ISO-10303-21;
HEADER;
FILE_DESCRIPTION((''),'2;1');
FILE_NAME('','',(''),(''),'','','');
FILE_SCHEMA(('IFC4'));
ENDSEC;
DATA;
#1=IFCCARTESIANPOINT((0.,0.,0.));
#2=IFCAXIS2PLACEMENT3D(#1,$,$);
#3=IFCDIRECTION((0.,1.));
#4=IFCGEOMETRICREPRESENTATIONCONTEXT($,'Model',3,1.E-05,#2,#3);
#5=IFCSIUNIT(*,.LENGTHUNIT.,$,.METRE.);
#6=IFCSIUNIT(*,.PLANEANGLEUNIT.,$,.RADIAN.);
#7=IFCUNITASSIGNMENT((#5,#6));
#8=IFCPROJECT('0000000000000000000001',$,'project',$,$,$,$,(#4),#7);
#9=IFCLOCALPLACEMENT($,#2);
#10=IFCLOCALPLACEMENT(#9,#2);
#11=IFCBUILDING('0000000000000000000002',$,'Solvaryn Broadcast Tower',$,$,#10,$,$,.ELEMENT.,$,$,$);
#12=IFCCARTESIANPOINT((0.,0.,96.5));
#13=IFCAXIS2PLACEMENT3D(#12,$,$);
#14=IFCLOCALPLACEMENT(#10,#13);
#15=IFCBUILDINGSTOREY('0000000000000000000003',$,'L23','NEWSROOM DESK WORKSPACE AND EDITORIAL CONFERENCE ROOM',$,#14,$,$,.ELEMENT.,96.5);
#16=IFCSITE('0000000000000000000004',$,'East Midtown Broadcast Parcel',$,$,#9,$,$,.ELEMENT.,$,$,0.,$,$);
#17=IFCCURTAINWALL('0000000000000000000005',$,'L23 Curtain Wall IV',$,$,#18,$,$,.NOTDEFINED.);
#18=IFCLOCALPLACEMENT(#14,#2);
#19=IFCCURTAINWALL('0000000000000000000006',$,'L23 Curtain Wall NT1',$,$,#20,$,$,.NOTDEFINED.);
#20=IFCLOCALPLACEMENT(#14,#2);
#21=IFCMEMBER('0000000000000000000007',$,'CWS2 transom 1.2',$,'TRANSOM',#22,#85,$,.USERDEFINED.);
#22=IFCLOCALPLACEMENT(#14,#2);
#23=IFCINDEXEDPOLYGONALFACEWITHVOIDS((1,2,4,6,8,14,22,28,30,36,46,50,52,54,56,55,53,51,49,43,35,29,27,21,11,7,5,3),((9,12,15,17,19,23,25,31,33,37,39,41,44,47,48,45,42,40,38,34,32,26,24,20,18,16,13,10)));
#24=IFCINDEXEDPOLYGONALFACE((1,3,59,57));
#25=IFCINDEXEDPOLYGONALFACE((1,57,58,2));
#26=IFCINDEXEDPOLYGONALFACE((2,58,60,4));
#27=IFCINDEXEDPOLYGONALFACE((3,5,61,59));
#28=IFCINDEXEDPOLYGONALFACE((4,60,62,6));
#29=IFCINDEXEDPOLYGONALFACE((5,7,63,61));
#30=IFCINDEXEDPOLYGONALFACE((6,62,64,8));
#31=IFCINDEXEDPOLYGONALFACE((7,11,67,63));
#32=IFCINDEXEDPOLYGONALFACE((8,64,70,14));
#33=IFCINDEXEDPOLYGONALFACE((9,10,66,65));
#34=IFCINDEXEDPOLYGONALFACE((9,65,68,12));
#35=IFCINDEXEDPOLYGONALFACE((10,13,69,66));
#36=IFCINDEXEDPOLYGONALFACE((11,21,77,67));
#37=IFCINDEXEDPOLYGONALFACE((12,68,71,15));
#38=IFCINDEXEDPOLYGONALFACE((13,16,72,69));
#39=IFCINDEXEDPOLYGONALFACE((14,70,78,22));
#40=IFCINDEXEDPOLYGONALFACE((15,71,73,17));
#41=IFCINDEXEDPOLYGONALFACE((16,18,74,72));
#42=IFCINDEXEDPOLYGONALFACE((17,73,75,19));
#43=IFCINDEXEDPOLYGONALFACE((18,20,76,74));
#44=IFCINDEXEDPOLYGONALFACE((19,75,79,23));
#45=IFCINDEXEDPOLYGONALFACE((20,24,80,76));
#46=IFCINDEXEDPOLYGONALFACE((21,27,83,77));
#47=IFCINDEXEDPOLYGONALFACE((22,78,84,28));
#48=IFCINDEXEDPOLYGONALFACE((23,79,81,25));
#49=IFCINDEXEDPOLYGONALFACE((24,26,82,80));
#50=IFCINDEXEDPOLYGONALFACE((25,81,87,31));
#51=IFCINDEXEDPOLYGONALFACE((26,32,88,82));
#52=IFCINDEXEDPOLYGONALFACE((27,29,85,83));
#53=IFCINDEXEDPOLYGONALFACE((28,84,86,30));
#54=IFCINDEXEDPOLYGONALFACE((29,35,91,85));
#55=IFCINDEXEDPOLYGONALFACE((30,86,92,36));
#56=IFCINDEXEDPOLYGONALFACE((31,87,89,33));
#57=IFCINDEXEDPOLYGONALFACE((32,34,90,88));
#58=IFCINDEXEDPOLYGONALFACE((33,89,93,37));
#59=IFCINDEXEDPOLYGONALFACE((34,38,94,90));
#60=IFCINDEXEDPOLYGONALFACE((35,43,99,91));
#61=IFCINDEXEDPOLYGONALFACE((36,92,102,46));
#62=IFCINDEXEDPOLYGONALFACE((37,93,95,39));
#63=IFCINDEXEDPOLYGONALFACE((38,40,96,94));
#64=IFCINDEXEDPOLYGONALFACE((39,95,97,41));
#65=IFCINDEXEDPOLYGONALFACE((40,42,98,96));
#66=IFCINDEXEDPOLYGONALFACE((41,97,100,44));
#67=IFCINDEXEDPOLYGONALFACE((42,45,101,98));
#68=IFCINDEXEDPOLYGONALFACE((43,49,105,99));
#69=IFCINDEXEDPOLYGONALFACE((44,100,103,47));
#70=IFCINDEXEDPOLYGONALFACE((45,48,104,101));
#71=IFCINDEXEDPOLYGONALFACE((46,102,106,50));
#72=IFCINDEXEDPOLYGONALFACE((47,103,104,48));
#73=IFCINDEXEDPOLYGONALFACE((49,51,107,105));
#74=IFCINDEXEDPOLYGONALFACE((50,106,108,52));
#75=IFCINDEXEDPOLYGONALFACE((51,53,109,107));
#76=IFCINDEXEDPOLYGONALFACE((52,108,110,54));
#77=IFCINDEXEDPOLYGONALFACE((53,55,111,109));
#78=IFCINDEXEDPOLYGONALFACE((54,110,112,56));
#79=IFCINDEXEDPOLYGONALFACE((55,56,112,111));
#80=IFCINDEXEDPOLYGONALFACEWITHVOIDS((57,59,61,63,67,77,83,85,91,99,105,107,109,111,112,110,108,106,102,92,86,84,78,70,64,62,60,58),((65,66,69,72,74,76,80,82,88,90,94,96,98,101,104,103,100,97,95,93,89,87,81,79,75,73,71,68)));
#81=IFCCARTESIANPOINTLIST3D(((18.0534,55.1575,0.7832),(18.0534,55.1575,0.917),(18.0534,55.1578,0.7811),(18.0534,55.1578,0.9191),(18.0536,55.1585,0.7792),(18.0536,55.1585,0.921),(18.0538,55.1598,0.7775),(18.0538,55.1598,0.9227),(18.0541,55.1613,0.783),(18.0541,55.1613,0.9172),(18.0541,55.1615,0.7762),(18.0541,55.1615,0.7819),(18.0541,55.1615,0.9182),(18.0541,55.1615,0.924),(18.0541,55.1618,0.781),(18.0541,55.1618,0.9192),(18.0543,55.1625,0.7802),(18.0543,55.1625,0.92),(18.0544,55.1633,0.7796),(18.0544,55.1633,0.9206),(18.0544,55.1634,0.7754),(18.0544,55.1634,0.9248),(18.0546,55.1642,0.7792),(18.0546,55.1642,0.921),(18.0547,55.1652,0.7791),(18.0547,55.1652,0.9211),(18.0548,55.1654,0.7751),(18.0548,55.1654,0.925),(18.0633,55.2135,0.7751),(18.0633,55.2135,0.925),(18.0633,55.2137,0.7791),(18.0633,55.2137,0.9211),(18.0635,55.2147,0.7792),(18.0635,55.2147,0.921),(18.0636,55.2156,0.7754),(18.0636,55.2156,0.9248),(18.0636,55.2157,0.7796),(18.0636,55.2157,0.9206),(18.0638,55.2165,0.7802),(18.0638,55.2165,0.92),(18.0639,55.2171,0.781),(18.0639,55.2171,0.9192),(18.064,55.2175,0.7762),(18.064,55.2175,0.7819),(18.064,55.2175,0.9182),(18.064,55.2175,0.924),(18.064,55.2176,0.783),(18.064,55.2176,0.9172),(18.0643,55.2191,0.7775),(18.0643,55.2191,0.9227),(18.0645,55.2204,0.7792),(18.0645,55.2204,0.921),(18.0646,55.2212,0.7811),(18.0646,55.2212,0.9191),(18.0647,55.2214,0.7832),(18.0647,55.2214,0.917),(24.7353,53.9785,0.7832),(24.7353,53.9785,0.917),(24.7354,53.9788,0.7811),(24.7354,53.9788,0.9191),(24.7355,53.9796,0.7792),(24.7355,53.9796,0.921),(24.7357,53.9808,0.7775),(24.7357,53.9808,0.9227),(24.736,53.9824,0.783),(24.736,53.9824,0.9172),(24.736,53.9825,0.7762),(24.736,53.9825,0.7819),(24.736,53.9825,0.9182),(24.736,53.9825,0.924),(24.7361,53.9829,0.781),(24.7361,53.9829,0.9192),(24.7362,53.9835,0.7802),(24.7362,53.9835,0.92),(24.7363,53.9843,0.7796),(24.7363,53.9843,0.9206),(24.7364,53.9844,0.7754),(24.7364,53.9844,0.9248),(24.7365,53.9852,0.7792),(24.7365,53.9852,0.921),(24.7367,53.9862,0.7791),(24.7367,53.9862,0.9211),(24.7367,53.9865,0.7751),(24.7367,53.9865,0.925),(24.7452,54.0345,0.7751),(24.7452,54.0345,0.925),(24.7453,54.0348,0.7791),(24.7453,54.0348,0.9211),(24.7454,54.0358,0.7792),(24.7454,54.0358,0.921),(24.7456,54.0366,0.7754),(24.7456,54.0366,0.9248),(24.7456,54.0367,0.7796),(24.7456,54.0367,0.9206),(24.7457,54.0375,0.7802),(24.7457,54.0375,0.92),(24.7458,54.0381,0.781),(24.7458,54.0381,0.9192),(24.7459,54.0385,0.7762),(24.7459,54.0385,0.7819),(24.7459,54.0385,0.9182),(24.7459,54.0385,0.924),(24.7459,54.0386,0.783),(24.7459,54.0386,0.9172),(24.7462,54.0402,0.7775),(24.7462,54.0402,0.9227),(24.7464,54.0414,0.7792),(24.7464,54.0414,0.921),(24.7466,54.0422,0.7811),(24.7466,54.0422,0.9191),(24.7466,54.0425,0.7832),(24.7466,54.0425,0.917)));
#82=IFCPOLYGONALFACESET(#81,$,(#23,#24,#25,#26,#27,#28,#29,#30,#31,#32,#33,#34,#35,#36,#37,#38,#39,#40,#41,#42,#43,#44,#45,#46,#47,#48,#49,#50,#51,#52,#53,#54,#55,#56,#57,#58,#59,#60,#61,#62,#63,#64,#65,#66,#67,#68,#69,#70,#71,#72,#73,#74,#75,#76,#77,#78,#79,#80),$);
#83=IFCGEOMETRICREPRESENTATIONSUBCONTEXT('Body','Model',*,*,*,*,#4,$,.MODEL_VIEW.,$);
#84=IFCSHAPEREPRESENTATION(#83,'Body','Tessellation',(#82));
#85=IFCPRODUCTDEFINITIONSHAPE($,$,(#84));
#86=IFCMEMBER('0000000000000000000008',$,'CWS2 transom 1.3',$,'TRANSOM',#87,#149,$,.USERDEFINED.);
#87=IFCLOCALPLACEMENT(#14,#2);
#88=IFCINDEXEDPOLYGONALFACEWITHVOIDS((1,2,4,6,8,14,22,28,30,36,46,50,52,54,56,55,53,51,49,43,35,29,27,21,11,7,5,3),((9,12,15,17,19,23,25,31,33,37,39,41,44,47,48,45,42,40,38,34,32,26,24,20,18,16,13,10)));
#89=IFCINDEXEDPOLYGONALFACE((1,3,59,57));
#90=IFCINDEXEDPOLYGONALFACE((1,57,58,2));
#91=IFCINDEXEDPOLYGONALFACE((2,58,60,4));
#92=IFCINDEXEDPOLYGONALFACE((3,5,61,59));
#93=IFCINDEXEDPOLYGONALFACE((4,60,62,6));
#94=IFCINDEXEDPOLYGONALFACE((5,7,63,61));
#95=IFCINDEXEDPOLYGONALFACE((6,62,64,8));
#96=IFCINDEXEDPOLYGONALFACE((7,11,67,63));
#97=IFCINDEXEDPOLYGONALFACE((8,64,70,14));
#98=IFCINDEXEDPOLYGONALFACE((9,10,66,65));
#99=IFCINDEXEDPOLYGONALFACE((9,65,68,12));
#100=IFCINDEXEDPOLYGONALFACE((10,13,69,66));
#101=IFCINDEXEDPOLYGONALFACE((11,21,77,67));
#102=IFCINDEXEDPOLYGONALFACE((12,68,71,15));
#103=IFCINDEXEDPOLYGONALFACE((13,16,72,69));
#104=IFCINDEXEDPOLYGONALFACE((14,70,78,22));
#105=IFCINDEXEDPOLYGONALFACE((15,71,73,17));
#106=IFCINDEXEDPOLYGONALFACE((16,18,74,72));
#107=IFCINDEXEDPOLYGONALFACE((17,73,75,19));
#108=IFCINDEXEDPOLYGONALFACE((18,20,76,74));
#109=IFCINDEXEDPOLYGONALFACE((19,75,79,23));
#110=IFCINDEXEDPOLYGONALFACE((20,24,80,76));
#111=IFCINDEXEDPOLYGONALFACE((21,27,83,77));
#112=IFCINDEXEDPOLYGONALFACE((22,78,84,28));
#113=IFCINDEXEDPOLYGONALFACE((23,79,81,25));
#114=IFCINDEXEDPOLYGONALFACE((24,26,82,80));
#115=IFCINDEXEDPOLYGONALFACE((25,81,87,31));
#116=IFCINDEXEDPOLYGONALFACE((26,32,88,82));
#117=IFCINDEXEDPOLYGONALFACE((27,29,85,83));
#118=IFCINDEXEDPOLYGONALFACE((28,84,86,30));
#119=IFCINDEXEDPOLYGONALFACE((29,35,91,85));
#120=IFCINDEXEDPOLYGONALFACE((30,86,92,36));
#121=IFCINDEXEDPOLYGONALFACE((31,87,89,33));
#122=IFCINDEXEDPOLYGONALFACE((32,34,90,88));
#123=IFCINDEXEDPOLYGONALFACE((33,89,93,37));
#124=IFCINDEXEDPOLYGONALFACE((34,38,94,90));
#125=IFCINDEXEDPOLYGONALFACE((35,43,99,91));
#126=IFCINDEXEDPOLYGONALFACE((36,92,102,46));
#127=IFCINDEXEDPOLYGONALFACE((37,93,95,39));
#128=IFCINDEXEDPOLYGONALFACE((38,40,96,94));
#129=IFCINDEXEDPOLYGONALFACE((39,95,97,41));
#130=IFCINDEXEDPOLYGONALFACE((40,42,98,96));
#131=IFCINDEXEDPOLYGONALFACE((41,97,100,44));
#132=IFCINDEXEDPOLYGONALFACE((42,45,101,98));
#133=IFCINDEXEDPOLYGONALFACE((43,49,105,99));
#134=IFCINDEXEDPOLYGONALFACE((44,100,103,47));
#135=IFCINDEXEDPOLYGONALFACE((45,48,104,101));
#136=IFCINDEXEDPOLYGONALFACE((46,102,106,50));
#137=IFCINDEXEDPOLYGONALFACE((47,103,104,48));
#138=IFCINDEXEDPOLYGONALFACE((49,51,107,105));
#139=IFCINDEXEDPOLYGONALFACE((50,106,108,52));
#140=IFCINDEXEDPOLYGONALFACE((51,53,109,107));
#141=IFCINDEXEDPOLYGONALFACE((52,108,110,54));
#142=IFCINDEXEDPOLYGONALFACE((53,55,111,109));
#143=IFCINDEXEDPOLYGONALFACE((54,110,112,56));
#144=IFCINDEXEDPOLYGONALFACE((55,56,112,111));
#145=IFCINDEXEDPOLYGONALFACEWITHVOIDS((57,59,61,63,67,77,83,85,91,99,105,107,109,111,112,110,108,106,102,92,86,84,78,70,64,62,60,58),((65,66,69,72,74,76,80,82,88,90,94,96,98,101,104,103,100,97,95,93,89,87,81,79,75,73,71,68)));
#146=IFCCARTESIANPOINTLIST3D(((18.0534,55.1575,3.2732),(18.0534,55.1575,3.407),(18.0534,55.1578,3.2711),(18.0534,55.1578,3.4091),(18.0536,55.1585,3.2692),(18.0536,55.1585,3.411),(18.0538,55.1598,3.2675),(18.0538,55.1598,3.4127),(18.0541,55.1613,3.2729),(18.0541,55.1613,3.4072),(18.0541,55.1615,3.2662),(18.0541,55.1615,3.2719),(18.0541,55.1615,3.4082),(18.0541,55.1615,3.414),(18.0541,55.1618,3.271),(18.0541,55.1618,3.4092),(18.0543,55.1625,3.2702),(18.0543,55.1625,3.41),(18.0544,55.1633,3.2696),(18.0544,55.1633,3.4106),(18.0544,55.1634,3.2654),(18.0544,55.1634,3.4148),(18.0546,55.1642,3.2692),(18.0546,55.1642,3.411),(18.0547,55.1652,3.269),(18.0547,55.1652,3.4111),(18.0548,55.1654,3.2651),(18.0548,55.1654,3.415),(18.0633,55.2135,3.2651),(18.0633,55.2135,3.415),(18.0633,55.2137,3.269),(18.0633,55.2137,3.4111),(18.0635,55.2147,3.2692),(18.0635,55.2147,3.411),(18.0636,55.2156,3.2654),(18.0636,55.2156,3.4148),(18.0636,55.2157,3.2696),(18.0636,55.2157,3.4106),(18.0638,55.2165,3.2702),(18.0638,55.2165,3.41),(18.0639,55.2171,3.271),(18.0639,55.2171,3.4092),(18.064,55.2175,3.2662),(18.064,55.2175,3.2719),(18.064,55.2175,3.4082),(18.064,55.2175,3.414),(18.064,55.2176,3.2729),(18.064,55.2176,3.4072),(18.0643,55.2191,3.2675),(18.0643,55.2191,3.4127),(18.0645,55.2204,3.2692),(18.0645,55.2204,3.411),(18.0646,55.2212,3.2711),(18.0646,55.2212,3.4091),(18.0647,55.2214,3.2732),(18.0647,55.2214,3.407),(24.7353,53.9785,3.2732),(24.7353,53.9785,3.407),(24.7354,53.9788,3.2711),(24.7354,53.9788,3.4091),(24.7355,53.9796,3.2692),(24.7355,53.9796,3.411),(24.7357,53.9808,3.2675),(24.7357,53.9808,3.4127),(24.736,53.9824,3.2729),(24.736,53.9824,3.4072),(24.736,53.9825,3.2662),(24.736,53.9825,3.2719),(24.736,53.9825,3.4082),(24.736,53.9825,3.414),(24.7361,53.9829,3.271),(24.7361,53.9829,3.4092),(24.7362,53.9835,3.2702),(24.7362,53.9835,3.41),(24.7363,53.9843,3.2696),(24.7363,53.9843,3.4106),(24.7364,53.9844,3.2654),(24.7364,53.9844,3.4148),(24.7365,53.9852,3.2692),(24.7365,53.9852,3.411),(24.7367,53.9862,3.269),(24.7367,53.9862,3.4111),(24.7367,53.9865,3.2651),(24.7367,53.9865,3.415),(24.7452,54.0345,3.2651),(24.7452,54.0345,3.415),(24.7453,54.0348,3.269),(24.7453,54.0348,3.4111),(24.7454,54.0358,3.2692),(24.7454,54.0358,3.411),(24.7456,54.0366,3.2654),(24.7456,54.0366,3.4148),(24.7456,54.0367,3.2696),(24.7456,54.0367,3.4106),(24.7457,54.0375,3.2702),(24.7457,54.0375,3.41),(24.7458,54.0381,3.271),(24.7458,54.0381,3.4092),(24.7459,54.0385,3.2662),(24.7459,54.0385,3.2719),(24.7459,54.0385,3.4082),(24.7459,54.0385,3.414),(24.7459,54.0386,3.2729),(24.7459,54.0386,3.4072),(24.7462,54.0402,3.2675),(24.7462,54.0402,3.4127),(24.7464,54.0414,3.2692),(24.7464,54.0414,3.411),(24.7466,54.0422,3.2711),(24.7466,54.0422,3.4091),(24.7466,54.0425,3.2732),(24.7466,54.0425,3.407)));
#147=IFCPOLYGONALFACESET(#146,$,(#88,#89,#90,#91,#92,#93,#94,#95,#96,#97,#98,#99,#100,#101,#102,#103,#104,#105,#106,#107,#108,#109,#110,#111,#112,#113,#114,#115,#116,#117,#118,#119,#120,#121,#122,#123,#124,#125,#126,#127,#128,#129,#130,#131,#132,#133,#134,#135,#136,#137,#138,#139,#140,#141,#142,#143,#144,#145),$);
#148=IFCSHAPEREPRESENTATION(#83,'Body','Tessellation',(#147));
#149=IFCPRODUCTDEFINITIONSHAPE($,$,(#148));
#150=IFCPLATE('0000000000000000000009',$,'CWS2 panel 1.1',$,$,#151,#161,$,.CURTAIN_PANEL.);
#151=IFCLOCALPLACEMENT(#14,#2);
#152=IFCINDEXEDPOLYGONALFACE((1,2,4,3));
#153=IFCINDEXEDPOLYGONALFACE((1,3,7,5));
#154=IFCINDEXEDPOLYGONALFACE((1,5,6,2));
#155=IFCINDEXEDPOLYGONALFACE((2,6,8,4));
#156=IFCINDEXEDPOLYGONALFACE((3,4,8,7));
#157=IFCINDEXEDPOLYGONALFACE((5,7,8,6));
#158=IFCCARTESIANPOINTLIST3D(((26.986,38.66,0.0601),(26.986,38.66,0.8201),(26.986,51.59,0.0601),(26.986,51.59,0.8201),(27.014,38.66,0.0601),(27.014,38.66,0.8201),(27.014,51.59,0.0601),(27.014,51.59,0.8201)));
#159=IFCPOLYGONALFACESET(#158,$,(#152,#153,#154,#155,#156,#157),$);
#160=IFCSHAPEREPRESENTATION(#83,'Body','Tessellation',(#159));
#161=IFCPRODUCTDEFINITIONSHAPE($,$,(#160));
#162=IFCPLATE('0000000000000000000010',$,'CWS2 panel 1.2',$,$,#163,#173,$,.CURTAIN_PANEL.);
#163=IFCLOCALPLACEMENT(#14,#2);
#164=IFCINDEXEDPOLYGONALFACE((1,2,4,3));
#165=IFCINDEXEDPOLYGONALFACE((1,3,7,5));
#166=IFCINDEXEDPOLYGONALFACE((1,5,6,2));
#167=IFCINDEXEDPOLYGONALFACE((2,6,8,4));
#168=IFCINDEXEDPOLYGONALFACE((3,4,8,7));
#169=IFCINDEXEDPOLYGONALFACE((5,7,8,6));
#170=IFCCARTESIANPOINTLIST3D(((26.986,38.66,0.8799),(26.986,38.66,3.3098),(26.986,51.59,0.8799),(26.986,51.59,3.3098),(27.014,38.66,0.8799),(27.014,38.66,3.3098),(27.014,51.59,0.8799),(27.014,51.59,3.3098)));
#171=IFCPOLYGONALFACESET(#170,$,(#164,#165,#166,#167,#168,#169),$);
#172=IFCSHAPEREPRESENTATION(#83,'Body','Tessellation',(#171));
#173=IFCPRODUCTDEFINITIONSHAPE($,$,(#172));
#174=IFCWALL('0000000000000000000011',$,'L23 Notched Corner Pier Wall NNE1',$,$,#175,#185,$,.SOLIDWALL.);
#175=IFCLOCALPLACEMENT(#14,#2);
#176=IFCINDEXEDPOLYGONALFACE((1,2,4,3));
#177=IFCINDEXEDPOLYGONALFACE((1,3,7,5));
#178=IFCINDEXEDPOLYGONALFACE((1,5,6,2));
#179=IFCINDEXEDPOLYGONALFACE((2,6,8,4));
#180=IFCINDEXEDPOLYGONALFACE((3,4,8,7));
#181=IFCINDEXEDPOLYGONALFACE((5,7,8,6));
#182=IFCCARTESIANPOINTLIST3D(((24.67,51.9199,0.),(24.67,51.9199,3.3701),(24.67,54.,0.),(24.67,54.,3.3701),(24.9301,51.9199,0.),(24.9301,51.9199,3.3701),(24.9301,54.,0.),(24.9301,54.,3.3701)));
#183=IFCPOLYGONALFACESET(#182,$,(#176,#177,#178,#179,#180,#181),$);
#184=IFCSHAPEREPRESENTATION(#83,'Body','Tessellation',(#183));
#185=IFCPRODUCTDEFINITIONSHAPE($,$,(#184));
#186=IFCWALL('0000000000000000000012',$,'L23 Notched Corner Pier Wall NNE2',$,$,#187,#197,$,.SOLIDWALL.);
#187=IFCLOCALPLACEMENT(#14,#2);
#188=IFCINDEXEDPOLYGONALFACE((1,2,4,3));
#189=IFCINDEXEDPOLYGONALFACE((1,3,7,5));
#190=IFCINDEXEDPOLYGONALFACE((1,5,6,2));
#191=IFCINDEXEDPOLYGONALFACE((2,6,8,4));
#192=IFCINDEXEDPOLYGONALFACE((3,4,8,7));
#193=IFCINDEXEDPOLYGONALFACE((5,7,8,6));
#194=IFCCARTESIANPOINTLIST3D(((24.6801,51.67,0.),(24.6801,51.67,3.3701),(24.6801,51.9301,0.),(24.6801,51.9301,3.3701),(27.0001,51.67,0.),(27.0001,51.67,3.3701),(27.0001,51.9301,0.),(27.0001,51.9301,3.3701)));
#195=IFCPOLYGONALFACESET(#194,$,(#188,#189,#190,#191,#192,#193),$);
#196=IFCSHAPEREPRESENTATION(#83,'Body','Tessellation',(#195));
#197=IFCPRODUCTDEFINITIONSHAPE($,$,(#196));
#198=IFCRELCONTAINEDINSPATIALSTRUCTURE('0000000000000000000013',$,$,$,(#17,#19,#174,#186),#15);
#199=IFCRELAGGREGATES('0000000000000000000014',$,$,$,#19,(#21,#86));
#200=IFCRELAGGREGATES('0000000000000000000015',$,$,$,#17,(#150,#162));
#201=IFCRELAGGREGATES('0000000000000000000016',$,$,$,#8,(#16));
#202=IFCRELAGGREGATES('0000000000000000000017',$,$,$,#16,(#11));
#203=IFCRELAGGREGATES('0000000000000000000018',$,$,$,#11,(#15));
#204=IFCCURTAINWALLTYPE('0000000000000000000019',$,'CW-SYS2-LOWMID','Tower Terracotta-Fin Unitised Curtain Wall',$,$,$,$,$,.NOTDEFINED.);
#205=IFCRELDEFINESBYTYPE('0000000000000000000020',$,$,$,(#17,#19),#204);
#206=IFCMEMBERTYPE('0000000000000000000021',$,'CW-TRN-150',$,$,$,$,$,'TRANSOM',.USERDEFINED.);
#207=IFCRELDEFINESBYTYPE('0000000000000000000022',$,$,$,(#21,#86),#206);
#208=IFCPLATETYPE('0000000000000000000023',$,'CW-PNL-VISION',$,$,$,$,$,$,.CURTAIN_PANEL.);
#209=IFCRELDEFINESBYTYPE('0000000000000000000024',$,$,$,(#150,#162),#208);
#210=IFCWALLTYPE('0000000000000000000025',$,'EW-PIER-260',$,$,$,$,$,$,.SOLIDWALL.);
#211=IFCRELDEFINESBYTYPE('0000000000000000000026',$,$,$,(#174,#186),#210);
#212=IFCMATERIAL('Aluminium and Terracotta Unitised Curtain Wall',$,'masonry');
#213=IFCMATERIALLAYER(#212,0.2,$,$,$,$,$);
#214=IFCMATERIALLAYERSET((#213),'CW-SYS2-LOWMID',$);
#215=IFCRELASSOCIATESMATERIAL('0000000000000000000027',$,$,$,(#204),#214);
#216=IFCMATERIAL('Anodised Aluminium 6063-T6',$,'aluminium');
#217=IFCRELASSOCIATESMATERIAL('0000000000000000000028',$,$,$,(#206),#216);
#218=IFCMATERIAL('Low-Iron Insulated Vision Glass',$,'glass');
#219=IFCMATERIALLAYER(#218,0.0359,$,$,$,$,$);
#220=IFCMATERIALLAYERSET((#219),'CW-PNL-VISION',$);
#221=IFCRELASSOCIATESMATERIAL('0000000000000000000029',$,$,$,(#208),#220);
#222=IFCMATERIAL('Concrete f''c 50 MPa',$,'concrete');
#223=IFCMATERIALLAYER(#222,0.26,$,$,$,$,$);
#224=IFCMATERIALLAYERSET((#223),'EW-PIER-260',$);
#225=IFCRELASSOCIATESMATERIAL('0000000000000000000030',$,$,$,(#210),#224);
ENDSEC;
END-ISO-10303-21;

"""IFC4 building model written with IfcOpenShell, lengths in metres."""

from ifc_helpers import new_model, si_unit, direction, frame, frame_2d, origin, origin_2d, place, context, subcontext, project, spatial, rectangle, hollow_rectangle, extrude, material, layer, layer_set, material_profile, profile_set, type_object, element, aggregate, save


model = new_model("IFC4")

# Units and contexts
model_context = context("Model", 3, precision=1e-05, world=origin(), true_north=direction((0.0, 1.0)))
body_context = subcontext(model_context, "Body", "Model", "MODEL_VIEW")
ifc_project = project(units=[si_unit("LENGTHUNIT", "METRE"), si_unit("PLANEANGLEUNIT", "RADIAN")], contexts=[model_context])

# Site, building, storey
site_placement = place(None, origin())
site = spatial("IfcSite", under=ifc_project, at=site_placement, Name="East Midtown Broadcast Parcel", CompositionType="ELEMENT", RefElevation=0.0)
building_placement = place(site_placement, origin())
building = spatial("IfcBuilding", under=site, at=building_placement, Name="Solvaryn Broadcast Tower", CompositionType="ELEMENT")
storey_placement = place(building_placement, frame((0.0, 0.0, 96.5)))
storey = spatial("IfcBuildingStorey", under=building, at=storey_placement, Name="L23", Description="NEWSROOM DESK WORKSPACE AND EDITORIAL CONFERENCE ROOM", CompositionType="ELEMENT", Elevation=96.5)

# Curtain wall
ifc_material_1 = material(Name="Aluminium and Terracotta Unitised Curtain Wall", Category="masonry")
ifc_layer_1 = layer(ifc_material_1, 0.2)
ifc_layer_set_1 = layer_set([ifc_layer_1], Name="CW-SYS2-LOWMID")
curtain_wall_type = type_object("IfcCurtainWallType", Name="CW-SYS2-LOWMID", Description="Tower Terracotta-Fin Unitised Curtain Wall", PredefinedType="NOTDEFINED", material=ifc_layer_set_1)
curtain_wall_1_placement = place(storey_placement, origin())
curtain_wall_1 = element("IfcCurtainWall", 1, at=curtain_wall_1_placement, inside=storey, type_object=curtain_wall_type, Name="L23 Curtain Wall IV", PredefinedType="NOTDEFINED")

# Curtain wall
curtain_wall_2_placement = place(storey_placement, origin())
curtain_wall_2 = element("IfcCurtainWall", 2, at=curtain_wall_2_placement, inside=storey, type_object=curtain_wall_type, Name="L23 Curtain Wall NT1", PredefinedType="NOTDEFINED")

# Members
ifc_material_2 = material(Name="Anodised Aluminium 6063-T6", Category="aluminium")
ifc_material_profile_1 = material_profile(ifc_material_2, hollow_rectangle(XDim=0.0649, YDim=0.1499, WallThickness=0.0039, InnerFilletRadius=0.0039, OuterFilletRadius=0.0081, at=origin_2d()))
ifc_profile_set_1 = profile_set([ifc_material_profile_1], Name="Anodised Aluminium 6063-T6")
member_type_1 = type_object("IfcMemberType", Name="CW-TRN-150", ElementType="TRANSOM", PredefinedType="USERDEFINED", material=ifc_profile_set_1)
member_1_placement = place(storey_placement, frame((24.741, 54.0105, 0.8501), z_axis=(-0.984789, 0.173757, 0.0), x_axis=(-0.173757, -0.984789, 0.0)))
member_1 = element("IfcMember", 3, at=member_1_placement, type_object=member_type_1, Name="CWS2 transom 1.2", ObjectType="TRANSOM", PredefinedType="USERDEFINED", context=body_context, shape_type="SweptSolid", body=[
    extrude(hollow_rectangle(XDim=0.0649, YDim=0.1499, WallThickness=0.0039, InnerFilletRadius=0.0039, OuterFilletRadius=0.0081, at=origin_2d()), origin(), (0.0, 0.0, 1.0), 6.7852),
])
member_2_placement = place(storey_placement, frame((24.741, 54.0105, 3.3401), z_axis=(-0.984789, 0.173757, 0.0), x_axis=(-0.173757, -0.984789, 0.0)))
member_2 = element("IfcMember", 4, at=member_2_placement, type_object=member_type_1, Name="CWS2 transom 1.3", ObjectType="TRANSOM", PredefinedType="USERDEFINED", context=body_context, shape_type="SweptSolid", body=[
    extrude(hollow_rectangle(XDim=0.0649, YDim=0.1499, WallThickness=0.0039, InnerFilletRadius=0.0039, OuterFilletRadius=0.0081, at=origin_2d()), origin(), (0.0, 0.0, 1.0), 6.7852),
])
aggregate(curtain_wall_2, [member_1, member_2])

# Plates
ifc_material_3 = material(Name="Low-Iron Insulated Vision Glass", Category="glass")
ifc_layer_2 = layer(ifc_material_3, 0.0359)
ifc_layer_set_2 = layer_set([ifc_layer_2], Name="CW-PNL-VISION")
plate_type = type_object("IfcPlateType", Name="CW-PNL-VISION", PredefinedType="CURTAIN_PANEL", material=ifc_layer_set_2)
plate_1_placement = place(storey_placement, frame((27.0, 45.125, 0.0601), z_axis=(0.0, 0.0, 1.0), x_axis=(0.0, -1.0, 0.0)))
plate_1 = element("IfcPlate", 5, at=plate_1_placement, type_object=plate_type, Name="CWS2 panel 1.1", PredefinedType="CURTAIN_PANEL", context=body_context, shape_type="SweptSolid", body=[
    extrude(rectangle(XDim=12.9299, YDim=0.0281, at=origin_2d()), origin(), (0.0, 0.0, 1.0), 0.76),
])
plate_2_placement = place(storey_placement, frame((27.0, 45.125, 0.8799), z_axis=(0.0, 0.0, 1.0), x_axis=(0.0, -1.0, 0.0)))
plate_2 = element("IfcPlate", 6, at=plate_2_placement, type_object=plate_type, Name="CWS2 panel 1.2", PredefinedType="CURTAIN_PANEL", context=body_context, shape_type="SweptSolid", body=[
    extrude(rectangle(XDim=12.9299, YDim=0.0281, at=origin_2d()), origin(), (0.0, 0.0, 1.0), 2.4299),
])
aggregate(curtain_wall_1, [plate_1, plate_2])

# Walls
ifc_material_4 = material(Name="Concrete f'c 50 MPa", Category="concrete")
ifc_layer_3 = layer(ifc_material_4, 0.26)
ifc_layer_set_3 = layer_set([ifc_layer_3], Name="EW-PIER-260")
wall_type_1 = type_object("IfcWallType", Name="EW-PIER-260", PredefinedType="SOLIDWALL", material=ifc_layer_set_3)
wall_1_placement = place(storey_placement, frame((24.8, 54.0, 0.0), z_axis=(0.0, 0.0, 1.0), x_axis=(0.0, -1.0, 0.0)))
element("IfcWall", 7, at=wall_1_placement, inside=storey, type_object=wall_type_1, Name="L23 Notched Corner Pier Wall NNE1", PredefinedType="SOLIDWALL", context=body_context, shape_type="SweptSolid", body=[
    extrude(rectangle(XDim=2.0801, YDim=0.26, at=frame_2d((1.04, 0.0))), origin(), (0.0, 0.0, 1.0), 3.3701),
])
wall_2_placement = place(storey_placement, frame((24.6799, 51.8, 0.0), z_axis=(0.0, 0.0, 1.0), x_axis=(1.0, 0.0, 0.0)))
element("IfcWall", 8, at=wall_2_placement, inside=storey, type_object=wall_type_1, Name="L23 Notched Corner Pier Wall NNE2", PredefinedType="SOLIDWALL", context=body_context, shape_type="SweptSolid", body=[
    extrude(rectangle(XDim=2.3201, YDim=0.26, at=frame_2d((1.1602, 0.0))), origin(), (0.0, 0.0, 1.0), 3.3701),
])

save(model, "model.ifc")
